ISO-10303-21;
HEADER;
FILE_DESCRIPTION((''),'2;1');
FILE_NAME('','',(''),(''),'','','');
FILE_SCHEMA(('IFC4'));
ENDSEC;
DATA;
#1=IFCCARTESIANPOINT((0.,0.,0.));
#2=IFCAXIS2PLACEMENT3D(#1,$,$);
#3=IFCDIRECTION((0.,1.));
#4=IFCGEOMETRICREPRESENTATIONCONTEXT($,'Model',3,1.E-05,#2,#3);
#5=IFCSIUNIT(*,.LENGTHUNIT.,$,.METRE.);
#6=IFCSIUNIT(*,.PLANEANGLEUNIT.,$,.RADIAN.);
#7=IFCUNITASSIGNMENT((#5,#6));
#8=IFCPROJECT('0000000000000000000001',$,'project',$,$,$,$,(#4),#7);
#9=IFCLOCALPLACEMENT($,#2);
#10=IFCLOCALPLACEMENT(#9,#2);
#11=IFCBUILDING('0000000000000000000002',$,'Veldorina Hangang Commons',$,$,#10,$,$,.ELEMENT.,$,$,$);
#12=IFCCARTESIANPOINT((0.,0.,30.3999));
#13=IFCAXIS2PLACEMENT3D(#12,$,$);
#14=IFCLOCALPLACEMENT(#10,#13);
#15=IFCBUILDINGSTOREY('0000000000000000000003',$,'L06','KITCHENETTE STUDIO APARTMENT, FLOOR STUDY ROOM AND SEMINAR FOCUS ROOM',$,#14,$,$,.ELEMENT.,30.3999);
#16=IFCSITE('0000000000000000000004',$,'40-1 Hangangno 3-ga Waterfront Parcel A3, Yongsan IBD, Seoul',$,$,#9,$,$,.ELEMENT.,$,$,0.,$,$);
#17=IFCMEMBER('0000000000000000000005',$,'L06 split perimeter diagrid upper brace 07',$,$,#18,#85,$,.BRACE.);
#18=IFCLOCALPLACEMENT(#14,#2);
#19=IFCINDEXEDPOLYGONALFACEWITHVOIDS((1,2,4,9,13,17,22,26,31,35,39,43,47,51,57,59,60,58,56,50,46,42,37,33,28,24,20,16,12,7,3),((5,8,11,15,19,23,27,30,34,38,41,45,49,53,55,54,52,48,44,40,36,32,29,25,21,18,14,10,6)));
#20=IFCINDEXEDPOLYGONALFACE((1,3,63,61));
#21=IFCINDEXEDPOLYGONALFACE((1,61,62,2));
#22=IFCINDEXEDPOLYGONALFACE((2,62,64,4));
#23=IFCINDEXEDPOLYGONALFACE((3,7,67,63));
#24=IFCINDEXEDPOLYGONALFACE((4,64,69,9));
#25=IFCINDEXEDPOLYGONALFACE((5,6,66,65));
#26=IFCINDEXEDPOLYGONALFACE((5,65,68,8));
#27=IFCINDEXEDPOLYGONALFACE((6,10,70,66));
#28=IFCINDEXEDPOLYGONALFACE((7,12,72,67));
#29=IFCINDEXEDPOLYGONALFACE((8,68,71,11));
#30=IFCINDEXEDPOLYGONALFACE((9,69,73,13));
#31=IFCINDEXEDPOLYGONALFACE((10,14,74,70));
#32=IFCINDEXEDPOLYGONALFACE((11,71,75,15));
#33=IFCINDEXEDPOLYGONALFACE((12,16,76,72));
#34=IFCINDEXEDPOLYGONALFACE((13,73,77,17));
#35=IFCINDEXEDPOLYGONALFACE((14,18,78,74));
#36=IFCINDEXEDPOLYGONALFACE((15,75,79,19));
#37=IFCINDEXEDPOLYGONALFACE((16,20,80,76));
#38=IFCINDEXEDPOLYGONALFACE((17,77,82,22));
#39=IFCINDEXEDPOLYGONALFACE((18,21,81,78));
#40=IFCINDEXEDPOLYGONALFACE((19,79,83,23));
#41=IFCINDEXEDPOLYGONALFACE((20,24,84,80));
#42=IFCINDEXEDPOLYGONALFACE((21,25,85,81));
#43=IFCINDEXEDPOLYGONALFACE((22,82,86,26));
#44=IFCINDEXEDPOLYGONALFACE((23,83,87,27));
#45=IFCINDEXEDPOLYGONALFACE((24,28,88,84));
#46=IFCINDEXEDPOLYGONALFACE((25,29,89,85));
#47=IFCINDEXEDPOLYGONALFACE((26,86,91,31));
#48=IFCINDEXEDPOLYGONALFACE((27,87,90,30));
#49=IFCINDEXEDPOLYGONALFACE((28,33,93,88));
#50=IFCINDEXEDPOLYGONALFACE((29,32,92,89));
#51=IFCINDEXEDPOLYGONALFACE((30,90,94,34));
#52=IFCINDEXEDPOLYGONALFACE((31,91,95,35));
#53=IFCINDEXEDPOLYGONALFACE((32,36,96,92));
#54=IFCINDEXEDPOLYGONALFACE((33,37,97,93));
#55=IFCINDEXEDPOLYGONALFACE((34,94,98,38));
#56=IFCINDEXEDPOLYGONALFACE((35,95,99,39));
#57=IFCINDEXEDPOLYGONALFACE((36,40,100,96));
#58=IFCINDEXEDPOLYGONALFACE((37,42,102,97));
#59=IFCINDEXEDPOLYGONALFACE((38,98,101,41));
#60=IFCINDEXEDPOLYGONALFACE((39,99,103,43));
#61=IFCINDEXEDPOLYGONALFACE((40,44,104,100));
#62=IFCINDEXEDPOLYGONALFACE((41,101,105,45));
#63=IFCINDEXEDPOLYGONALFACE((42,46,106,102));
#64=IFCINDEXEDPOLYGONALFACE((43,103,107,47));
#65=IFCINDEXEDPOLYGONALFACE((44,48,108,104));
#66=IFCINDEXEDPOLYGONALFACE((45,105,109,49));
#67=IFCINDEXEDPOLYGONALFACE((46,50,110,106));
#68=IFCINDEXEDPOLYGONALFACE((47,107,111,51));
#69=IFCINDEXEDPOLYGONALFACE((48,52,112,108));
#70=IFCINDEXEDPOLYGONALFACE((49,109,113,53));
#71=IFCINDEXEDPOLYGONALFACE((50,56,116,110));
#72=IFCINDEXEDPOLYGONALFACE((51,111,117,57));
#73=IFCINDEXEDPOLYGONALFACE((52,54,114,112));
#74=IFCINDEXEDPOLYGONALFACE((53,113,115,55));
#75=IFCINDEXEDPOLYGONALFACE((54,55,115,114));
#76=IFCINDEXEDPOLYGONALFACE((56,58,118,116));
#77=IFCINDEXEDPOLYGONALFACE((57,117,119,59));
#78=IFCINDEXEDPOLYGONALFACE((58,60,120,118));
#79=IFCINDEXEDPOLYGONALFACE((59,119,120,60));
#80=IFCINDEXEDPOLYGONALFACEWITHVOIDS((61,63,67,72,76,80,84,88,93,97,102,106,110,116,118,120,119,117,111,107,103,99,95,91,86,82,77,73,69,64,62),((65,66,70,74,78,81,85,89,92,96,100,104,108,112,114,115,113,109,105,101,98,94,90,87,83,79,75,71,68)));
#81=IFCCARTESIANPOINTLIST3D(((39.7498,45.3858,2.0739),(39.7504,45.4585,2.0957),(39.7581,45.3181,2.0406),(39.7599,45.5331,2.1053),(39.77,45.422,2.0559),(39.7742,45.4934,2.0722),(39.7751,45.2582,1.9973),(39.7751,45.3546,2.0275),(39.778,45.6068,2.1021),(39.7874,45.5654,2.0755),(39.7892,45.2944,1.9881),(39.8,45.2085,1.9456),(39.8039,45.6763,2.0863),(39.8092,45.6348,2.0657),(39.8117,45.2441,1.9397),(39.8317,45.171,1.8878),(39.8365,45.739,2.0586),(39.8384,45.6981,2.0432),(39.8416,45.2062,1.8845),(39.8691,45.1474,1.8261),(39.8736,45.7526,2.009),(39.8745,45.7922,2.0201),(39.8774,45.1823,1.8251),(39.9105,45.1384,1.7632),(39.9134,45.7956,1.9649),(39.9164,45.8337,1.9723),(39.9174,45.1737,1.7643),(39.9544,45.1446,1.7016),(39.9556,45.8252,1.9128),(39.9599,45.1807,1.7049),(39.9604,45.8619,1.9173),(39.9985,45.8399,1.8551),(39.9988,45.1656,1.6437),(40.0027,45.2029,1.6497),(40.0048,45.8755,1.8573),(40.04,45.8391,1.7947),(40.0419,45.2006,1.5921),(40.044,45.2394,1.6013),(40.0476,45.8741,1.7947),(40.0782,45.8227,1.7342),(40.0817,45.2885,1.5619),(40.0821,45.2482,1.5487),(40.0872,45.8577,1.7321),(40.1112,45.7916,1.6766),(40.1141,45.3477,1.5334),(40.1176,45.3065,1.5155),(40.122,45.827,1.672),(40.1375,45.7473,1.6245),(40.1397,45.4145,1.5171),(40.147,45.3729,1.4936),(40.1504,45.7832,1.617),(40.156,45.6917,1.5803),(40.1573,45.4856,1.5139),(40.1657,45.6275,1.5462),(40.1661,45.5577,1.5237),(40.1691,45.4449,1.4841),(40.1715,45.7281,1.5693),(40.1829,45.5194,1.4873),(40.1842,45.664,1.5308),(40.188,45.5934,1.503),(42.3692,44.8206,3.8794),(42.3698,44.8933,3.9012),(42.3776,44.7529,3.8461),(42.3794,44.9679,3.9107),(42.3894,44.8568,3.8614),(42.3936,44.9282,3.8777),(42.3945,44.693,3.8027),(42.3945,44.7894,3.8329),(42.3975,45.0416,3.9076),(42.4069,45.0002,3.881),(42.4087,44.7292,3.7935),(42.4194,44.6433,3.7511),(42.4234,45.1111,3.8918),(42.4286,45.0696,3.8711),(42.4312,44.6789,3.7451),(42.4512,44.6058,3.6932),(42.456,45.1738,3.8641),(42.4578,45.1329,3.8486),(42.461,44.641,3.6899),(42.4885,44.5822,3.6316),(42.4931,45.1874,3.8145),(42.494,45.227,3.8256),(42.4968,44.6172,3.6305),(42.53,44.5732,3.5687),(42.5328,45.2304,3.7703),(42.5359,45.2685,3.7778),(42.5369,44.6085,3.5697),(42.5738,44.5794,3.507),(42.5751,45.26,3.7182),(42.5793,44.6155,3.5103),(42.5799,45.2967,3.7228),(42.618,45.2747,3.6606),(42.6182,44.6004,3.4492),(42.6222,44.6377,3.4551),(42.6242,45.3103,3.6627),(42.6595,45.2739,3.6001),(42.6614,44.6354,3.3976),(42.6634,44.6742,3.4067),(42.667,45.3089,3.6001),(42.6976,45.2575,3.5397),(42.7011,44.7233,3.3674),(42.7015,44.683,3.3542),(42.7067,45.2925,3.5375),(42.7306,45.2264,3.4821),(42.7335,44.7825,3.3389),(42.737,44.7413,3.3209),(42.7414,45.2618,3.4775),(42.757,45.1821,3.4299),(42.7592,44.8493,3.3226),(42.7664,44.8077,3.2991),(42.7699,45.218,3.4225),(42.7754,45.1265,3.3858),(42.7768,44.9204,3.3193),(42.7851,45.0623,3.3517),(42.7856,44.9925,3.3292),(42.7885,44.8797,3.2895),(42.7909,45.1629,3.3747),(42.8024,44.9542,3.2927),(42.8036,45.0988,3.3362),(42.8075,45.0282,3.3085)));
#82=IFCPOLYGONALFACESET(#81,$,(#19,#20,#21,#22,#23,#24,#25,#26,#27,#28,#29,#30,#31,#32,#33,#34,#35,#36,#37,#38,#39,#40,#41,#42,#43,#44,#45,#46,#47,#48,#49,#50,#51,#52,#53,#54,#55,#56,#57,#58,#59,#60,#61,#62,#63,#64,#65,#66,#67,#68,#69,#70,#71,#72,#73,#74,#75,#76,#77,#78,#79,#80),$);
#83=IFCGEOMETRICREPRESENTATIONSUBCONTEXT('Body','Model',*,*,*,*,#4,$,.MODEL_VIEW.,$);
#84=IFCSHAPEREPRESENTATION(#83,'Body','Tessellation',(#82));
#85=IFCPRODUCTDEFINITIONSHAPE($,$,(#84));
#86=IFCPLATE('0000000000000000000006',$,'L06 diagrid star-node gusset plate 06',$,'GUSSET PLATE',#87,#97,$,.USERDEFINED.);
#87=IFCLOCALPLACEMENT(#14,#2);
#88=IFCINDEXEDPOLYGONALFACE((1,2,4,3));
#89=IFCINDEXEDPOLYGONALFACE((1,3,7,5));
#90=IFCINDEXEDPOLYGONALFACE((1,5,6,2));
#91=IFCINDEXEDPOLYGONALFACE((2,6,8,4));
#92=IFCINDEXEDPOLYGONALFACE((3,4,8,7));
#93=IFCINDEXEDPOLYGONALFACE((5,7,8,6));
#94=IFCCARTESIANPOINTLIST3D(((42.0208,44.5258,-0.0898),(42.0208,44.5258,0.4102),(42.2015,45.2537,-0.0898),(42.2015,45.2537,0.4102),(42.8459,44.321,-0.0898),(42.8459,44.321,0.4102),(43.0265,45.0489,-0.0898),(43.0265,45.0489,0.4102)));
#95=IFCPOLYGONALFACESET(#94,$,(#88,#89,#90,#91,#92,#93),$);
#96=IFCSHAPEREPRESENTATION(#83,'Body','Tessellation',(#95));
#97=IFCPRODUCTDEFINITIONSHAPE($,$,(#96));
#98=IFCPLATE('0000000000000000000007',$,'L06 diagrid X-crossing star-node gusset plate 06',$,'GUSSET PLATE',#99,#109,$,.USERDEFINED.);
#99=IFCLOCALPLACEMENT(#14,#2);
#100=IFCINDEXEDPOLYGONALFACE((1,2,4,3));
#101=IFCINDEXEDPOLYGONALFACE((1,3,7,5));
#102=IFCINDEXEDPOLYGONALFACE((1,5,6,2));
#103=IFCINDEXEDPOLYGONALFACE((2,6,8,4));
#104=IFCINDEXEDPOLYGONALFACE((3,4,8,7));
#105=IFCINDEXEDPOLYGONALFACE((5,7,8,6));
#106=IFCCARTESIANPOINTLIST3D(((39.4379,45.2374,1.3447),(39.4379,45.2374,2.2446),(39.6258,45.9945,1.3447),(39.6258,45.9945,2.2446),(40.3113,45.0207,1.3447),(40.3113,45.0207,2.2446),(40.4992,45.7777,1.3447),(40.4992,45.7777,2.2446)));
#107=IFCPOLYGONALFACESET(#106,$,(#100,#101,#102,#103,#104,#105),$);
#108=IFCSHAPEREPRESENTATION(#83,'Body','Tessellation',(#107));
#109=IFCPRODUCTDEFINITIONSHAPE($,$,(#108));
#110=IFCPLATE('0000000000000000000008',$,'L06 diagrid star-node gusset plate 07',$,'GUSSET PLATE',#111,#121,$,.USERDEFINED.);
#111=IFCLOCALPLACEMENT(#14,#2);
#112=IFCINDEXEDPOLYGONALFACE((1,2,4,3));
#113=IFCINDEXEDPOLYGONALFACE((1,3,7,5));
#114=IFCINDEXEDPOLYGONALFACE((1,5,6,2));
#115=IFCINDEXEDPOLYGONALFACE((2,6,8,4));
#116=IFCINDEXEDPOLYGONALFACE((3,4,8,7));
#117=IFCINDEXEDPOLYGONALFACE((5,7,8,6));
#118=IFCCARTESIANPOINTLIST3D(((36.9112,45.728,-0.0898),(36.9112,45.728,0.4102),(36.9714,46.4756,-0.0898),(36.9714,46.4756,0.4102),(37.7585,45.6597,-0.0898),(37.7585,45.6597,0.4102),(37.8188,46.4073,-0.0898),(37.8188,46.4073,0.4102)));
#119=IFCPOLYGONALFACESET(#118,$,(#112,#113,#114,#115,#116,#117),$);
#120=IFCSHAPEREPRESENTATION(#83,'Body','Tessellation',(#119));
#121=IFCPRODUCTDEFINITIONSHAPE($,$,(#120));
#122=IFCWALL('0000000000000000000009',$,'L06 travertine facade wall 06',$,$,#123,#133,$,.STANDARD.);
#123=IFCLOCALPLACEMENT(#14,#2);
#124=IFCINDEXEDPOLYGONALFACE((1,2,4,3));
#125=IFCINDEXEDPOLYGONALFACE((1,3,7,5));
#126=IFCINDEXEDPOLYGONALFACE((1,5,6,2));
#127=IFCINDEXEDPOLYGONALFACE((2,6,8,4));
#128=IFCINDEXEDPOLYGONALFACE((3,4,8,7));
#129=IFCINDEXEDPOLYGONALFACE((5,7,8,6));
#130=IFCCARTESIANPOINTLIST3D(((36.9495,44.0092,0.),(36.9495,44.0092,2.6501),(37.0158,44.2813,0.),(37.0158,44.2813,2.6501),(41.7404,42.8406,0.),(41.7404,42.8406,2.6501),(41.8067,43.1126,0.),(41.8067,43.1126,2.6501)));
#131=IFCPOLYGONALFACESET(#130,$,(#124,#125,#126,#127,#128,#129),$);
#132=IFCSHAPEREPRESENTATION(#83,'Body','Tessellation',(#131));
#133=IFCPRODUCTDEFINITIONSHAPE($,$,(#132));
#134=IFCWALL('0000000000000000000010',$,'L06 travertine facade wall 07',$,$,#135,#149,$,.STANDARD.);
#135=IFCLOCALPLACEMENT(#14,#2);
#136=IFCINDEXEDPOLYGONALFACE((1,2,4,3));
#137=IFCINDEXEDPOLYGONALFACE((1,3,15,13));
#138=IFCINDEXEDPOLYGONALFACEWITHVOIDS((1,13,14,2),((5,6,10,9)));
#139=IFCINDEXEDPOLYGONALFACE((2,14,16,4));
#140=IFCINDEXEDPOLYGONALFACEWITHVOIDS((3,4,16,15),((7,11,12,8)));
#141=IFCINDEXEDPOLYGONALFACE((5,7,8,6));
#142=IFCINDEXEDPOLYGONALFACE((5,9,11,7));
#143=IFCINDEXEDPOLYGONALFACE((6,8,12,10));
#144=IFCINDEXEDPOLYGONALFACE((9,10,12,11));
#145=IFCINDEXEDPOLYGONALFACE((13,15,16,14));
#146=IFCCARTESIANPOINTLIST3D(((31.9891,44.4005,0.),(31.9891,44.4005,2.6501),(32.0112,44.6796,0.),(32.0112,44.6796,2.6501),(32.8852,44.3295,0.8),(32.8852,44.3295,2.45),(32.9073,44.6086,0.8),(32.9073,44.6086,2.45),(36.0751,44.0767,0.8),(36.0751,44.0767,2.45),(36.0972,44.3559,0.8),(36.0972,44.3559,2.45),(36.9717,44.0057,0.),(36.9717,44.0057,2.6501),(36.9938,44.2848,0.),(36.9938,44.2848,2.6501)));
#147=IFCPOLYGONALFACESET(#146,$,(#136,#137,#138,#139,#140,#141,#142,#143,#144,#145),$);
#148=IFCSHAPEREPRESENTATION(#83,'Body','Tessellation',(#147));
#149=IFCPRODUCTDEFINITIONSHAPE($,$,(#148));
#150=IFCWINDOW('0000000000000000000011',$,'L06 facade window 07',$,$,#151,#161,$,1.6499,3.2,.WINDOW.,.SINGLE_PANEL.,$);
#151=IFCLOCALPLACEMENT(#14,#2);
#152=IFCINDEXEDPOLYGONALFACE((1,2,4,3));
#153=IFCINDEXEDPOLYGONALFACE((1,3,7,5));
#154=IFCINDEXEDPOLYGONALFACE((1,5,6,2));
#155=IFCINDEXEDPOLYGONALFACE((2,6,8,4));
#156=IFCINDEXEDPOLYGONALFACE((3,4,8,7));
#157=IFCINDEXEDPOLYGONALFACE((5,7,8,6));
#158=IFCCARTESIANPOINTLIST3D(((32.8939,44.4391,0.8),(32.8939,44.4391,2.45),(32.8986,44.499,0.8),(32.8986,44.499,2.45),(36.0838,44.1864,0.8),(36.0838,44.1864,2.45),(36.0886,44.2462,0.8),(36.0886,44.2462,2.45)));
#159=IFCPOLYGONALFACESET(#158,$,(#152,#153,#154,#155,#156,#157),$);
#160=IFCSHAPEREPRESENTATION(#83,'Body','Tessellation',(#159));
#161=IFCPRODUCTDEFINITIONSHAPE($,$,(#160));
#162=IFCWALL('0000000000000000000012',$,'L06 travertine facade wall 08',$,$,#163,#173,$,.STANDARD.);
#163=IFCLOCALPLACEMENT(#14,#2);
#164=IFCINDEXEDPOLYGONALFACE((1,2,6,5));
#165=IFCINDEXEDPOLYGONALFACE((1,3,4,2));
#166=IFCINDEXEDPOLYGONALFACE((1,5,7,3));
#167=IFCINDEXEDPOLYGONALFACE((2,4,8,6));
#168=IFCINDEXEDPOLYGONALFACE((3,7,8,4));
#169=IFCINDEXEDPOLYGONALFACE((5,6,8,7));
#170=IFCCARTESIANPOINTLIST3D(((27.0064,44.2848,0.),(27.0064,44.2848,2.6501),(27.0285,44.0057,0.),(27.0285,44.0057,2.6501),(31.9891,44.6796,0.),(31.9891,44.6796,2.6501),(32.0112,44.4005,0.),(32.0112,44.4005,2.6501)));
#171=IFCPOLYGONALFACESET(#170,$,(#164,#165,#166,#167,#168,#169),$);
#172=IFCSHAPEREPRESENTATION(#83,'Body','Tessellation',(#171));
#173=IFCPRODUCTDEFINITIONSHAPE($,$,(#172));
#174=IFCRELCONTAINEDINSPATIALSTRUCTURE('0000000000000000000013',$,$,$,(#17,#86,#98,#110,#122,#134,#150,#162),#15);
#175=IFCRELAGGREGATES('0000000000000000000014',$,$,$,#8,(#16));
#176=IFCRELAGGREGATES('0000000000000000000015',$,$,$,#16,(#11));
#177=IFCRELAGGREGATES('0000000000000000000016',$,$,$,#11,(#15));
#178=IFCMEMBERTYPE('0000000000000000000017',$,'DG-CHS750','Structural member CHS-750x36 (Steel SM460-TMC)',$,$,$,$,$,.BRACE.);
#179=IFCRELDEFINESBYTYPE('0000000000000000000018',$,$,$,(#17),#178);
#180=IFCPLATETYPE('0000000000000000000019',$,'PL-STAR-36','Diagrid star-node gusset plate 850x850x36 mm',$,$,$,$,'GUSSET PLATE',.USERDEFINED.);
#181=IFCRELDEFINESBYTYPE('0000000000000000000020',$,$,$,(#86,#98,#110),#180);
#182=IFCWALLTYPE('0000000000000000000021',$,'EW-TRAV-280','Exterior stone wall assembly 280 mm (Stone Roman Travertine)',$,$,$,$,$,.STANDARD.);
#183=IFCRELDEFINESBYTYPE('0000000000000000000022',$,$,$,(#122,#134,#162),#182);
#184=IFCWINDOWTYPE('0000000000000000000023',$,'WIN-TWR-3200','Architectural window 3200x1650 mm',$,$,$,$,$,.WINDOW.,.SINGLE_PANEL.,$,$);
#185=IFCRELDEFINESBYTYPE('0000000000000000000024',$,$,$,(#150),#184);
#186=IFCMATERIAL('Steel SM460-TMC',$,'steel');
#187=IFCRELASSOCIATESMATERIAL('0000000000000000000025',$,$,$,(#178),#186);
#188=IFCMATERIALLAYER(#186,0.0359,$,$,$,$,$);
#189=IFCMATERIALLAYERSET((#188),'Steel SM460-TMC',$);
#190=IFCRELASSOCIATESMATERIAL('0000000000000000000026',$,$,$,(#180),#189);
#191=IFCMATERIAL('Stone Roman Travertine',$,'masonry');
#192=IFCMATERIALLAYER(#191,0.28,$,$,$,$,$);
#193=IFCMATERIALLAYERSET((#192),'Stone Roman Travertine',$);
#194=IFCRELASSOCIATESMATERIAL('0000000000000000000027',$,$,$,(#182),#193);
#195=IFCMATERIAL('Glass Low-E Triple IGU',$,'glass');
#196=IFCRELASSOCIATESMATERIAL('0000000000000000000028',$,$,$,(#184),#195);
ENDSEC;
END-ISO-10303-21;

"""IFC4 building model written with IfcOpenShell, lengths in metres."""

from ifc_helpers import new_model, si_unit, direction, frame, frame_2d, origin, origin_2d, place, context, subcontext, project, spatial, rectangle, hollow_circle, extrude, material, layer, layer_set, material_profile, profile_set, type_object, element, fill, save


model = new_model("IFC4")

# Units and contexts
model_context = context("Model", 3, precision=1e-05, world=origin(), true_north=direction((0.0, 1.0)))
body_context = subcontext(model_context, "Body", "Model", "MODEL_VIEW")
ifc_project = project(units=[si_unit("LENGTHUNIT", "METRE"), si_unit("PLANEANGLEUNIT", "RADIAN")], contexts=[model_context])

# Site, building, storey
site_placement = place(None, origin())
site = spatial("IfcSite", under=ifc_project, at=site_placement, Name="40-1 Hangangno 3-ga Waterfront Parcel A3, Yongsan IBD, Seoul", CompositionType="ELEMENT", RefElevation=0.0)
building_placement = place(site_placement, origin())
building = spatial("IfcBuilding", under=site, at=building_placement, Name="Veldorina Hangang Commons", CompositionType="ELEMENT")
storey_placement = place(building_placement, frame((0.0, 0.0, 30.3999)))
storey = spatial("IfcBuildingStorey", under=building, at=storey_placement, Name="L06", Description="KITCHENETTE STUDIO APARTMENT, FLOOR STUDY ROOM AND SEMINAR FOCUS ROOM", CompositionType="ELEMENT", Elevation=30.3999)

# Shared definitions
ifc_material_1 = material(Name="Steel SM460-TMC", Category="steel")

# Member
ifc_material_profile_1 = material_profile(ifc_material_1, hollow_circle(Radius=0.375, WallThickness=0.0359, at=origin_2d()), Name="CHS-750x36")
ifc_profile_set_1 = profile_set([ifc_material_profile_1], Name="Steel SM460-TMC")
member_type = type_object("IfcMemberType", Name="DG-CHS750", Description="Structural member CHS-750x36 (Steel SM460-TMC)", PredefinedType="BRACE", material=ifc_profile_set_1)
member_1_placement = place(storey_placement, frame((39.9685, 45.5076, 1.7947), z_axis=(0.810673, -0.174919, 0.558759), x_axis=(0.210916, 0.977504, 0.0)))
element("IfcMember", 1, at=member_1_placement, inside=storey, type_object=member_type, Name="L06 split perimeter diagrid upper brace 07", PredefinedType="BRACE", context=body_context, shape_type="SweptSolid", body=[
    extrude(hollow_circle(Radius=0.375, WallThickness=0.0359, at=origin_2d()), origin(), (0.0, 0.0, 1.0), 3.2312),
])

# Plates
ifc_layer_1 = layer(ifc_material_1, 0.0359)
ifc_layer_set_1 = layer_set([ifc_layer_1], Name="Steel SM460-TMC")
plate_type = type_object("IfcPlateType", Name="PL-STAR-36", Description="Diagrid star-node gusset plate 850x850x36 mm", ElementType="GUSSET PLATE", PredefinedType="USERDEFINED", material=ifc_layer_set_1)
plate_1_placement = place(storey_placement, frame((42.5237, 44.7874, -0.0898), z_axis=(0.0, 0.0, 1.0), x_axis=(-0.970553, 0.240889, 0.0)))
element("IfcPlate", 2, at=plate_1_placement, inside=storey, type_object=plate_type, Name="L06 diagrid star-node gusset plate 06", ObjectType="GUSSET PLATE", PredefinedType="USERDEFINED", context=body_context, shape_type="SweptSolid", body=[
    extrude(rectangle(XDim=0.8501, YDim=0.75, at=origin_2d()), origin(), (0.0, 0.0, 1.0), 0.5),
])
plate_2_placement = place(storey_placement, frame((39.9685, 45.5076, 1.3447), z_axis=(0.0, 0.0, 1.0), x_axis=(-0.970553, 0.240889, 0.0)))
element("IfcPlate", 3, at=plate_2_placement, inside=storey, type_object=plate_type, Name="L06 diagrid X-crossing star-node gusset plate 06", ObjectType="GUSSET PLATE", PredefinedType="USERDEFINED", context=body_context, shape_type="SweptSolid", body=[
    extrude(rectangle(XDim=0.8999, YDim=0.78, at=origin_2d()), origin(), (0.0, 0.0, 1.0), 0.8999),
])
plate_3_placement = place(storey_placement, frame((37.365, 46.0676, -0.0898), z_axis=(0.0, 0.0, 1.0), x_axis=(-0.996769, 0.080321, 0.0)))
element("IfcPlate", 4, at=plate_3_placement, inside=storey, type_object=plate_type, Name="L06 diagrid star-node gusset plate 07", ObjectType="GUSSET PLATE", PredefinedType="USERDEFINED", context=body_context, shape_type="SweptSolid", body=[
    extrude(rectangle(XDim=0.8501, YDim=0.75, at=origin_2d()), origin(), (0.0, 0.0, 1.0), 0.5),
])

# Wall
ifc_material_2 = material(Name="Stone Roman Travertine", Category="masonry")
ifc_layer_2 = layer(ifc_material_2, 0.28)
ifc_layer_set_2 = layer_set([ifc_layer_2], Name="Stone Roman Travertine")
wall_type_1 = type_object("IfcWallType", Name="EW-TRAV-280", Description="Exterior stone wall assembly 280 mm (Stone Roman Travertine)", PredefinedType="STANDARD", material=ifc_layer_set_2)
wall_1_placement = place(storey_placement, frame((41.7737, 42.9766, 0.0), z_axis=(0.0, 0.0, 1.0), x_axis=(-0.971513, 0.236987, 0.0)))
element("IfcWall", 5, at=wall_1_placement, inside=storey, type_object=wall_type_1, Name="L06 travertine facade wall 06", PredefinedType="STANDARD", context=body_context, shape_type="SweptSolid", body=[
    extrude(rectangle(XDim=4.9314, YDim=0.28, at=frame_2d((2.4658, 0.0))), origin(), (0.0, 0.0, 1.0), 2.6501),
])

# Wall, opening, window
wall_2_placement = place(storey_placement, frame((36.9827, 44.1453, 0.0), z_axis=(0.0, 0.0, 1.0), x_axis=(-0.996876, 0.078982, 0.0)))
wall_2 = element("IfcWall", 6, at=wall_2_placement, inside=storey, type_object=wall_type_1, Name="L06 travertine facade wall 07", PredefinedType="STANDARD", context=body_context, shape_type="SweptSolid", body=[
    extrude(rectangle(XDim=4.9983, YDim=0.28, at=frame_2d((2.499, 0.0))), origin(), (0.0, 0.0, 1.0), 2.6501),
])
opening_1_placement = place(wall_2_placement, frame((0.8992, 0.0, 0.8)))
opening_1 = element("IfcOpeningElement", 7, at=opening_1_placement, cuts=wall_2, PredefinedType="OPENING", context=body_context, shape_type="SweptSolid", body=[
    extrude(rectangle(XDim=3.2, YDim=1.6499, at=frame_2d((1.6001, 0.825))), frame((0.0, 0.1499, 0.0), z_axis=(0.0, -1.0, 0.0), x_axis=(1.0, 0.0, 0.0)), (0.0, 0.0, 1.0), 0.3),
])
ifc_material_3 = material(Name="Glass Low-E Triple IGU", Category="glass")
window_type = type_object("IfcWindowType", Name="WIN-TWR-3200", Description="Architectural window 3200x1650 mm", PartitioningType="SINGLE_PANEL", PredefinedType="WINDOW", material=ifc_material_3)
window_placement = place(opening_1_placement, origin())
window = element("IfcWindow", 8, at=window_placement, inside=storey, type_object=window_type, Name="L06 facade window 07", OverallHeight=1.6499, OverallWidth=3.2, PartitioningType="SINGLE_PANEL", PredefinedType="WINDOW", context=body_context, shape_type="SweptSolid", body=[
    extrude(rectangle(XDim=3.2, YDim=1.6499, at=frame_2d((1.6001, 0.825))), frame((0.0, 0.03, 0.0), z_axis=(0.0, -1.0, 0.0), x_axis=(1.0, 0.0, 0.0)), (0.0, 0.0, 1.0), 0.0601),
])
fill(opening_1, window)

# Wall
wall_3_placement = place(storey_placement, frame((32.0, 44.54, 0.0), z_axis=(0.0, 0.0, 1.0), x_axis=(-0.996876, -0.078982, 0.0)))
element("IfcWall", 9, at=wall_3_placement, inside=storey, type_object=wall_type_1, Name="L06 travertine facade wall 08", PredefinedType="STANDARD", context=body_context, shape_type="SweptSolid", body=[
    extrude(rectangle(XDim=4.9983, YDim=0.28, at=frame_2d((2.499, 0.0))), origin(), (0.0, 0.0, 1.0), 2.6501),
])

save(model, "model.ifc")
